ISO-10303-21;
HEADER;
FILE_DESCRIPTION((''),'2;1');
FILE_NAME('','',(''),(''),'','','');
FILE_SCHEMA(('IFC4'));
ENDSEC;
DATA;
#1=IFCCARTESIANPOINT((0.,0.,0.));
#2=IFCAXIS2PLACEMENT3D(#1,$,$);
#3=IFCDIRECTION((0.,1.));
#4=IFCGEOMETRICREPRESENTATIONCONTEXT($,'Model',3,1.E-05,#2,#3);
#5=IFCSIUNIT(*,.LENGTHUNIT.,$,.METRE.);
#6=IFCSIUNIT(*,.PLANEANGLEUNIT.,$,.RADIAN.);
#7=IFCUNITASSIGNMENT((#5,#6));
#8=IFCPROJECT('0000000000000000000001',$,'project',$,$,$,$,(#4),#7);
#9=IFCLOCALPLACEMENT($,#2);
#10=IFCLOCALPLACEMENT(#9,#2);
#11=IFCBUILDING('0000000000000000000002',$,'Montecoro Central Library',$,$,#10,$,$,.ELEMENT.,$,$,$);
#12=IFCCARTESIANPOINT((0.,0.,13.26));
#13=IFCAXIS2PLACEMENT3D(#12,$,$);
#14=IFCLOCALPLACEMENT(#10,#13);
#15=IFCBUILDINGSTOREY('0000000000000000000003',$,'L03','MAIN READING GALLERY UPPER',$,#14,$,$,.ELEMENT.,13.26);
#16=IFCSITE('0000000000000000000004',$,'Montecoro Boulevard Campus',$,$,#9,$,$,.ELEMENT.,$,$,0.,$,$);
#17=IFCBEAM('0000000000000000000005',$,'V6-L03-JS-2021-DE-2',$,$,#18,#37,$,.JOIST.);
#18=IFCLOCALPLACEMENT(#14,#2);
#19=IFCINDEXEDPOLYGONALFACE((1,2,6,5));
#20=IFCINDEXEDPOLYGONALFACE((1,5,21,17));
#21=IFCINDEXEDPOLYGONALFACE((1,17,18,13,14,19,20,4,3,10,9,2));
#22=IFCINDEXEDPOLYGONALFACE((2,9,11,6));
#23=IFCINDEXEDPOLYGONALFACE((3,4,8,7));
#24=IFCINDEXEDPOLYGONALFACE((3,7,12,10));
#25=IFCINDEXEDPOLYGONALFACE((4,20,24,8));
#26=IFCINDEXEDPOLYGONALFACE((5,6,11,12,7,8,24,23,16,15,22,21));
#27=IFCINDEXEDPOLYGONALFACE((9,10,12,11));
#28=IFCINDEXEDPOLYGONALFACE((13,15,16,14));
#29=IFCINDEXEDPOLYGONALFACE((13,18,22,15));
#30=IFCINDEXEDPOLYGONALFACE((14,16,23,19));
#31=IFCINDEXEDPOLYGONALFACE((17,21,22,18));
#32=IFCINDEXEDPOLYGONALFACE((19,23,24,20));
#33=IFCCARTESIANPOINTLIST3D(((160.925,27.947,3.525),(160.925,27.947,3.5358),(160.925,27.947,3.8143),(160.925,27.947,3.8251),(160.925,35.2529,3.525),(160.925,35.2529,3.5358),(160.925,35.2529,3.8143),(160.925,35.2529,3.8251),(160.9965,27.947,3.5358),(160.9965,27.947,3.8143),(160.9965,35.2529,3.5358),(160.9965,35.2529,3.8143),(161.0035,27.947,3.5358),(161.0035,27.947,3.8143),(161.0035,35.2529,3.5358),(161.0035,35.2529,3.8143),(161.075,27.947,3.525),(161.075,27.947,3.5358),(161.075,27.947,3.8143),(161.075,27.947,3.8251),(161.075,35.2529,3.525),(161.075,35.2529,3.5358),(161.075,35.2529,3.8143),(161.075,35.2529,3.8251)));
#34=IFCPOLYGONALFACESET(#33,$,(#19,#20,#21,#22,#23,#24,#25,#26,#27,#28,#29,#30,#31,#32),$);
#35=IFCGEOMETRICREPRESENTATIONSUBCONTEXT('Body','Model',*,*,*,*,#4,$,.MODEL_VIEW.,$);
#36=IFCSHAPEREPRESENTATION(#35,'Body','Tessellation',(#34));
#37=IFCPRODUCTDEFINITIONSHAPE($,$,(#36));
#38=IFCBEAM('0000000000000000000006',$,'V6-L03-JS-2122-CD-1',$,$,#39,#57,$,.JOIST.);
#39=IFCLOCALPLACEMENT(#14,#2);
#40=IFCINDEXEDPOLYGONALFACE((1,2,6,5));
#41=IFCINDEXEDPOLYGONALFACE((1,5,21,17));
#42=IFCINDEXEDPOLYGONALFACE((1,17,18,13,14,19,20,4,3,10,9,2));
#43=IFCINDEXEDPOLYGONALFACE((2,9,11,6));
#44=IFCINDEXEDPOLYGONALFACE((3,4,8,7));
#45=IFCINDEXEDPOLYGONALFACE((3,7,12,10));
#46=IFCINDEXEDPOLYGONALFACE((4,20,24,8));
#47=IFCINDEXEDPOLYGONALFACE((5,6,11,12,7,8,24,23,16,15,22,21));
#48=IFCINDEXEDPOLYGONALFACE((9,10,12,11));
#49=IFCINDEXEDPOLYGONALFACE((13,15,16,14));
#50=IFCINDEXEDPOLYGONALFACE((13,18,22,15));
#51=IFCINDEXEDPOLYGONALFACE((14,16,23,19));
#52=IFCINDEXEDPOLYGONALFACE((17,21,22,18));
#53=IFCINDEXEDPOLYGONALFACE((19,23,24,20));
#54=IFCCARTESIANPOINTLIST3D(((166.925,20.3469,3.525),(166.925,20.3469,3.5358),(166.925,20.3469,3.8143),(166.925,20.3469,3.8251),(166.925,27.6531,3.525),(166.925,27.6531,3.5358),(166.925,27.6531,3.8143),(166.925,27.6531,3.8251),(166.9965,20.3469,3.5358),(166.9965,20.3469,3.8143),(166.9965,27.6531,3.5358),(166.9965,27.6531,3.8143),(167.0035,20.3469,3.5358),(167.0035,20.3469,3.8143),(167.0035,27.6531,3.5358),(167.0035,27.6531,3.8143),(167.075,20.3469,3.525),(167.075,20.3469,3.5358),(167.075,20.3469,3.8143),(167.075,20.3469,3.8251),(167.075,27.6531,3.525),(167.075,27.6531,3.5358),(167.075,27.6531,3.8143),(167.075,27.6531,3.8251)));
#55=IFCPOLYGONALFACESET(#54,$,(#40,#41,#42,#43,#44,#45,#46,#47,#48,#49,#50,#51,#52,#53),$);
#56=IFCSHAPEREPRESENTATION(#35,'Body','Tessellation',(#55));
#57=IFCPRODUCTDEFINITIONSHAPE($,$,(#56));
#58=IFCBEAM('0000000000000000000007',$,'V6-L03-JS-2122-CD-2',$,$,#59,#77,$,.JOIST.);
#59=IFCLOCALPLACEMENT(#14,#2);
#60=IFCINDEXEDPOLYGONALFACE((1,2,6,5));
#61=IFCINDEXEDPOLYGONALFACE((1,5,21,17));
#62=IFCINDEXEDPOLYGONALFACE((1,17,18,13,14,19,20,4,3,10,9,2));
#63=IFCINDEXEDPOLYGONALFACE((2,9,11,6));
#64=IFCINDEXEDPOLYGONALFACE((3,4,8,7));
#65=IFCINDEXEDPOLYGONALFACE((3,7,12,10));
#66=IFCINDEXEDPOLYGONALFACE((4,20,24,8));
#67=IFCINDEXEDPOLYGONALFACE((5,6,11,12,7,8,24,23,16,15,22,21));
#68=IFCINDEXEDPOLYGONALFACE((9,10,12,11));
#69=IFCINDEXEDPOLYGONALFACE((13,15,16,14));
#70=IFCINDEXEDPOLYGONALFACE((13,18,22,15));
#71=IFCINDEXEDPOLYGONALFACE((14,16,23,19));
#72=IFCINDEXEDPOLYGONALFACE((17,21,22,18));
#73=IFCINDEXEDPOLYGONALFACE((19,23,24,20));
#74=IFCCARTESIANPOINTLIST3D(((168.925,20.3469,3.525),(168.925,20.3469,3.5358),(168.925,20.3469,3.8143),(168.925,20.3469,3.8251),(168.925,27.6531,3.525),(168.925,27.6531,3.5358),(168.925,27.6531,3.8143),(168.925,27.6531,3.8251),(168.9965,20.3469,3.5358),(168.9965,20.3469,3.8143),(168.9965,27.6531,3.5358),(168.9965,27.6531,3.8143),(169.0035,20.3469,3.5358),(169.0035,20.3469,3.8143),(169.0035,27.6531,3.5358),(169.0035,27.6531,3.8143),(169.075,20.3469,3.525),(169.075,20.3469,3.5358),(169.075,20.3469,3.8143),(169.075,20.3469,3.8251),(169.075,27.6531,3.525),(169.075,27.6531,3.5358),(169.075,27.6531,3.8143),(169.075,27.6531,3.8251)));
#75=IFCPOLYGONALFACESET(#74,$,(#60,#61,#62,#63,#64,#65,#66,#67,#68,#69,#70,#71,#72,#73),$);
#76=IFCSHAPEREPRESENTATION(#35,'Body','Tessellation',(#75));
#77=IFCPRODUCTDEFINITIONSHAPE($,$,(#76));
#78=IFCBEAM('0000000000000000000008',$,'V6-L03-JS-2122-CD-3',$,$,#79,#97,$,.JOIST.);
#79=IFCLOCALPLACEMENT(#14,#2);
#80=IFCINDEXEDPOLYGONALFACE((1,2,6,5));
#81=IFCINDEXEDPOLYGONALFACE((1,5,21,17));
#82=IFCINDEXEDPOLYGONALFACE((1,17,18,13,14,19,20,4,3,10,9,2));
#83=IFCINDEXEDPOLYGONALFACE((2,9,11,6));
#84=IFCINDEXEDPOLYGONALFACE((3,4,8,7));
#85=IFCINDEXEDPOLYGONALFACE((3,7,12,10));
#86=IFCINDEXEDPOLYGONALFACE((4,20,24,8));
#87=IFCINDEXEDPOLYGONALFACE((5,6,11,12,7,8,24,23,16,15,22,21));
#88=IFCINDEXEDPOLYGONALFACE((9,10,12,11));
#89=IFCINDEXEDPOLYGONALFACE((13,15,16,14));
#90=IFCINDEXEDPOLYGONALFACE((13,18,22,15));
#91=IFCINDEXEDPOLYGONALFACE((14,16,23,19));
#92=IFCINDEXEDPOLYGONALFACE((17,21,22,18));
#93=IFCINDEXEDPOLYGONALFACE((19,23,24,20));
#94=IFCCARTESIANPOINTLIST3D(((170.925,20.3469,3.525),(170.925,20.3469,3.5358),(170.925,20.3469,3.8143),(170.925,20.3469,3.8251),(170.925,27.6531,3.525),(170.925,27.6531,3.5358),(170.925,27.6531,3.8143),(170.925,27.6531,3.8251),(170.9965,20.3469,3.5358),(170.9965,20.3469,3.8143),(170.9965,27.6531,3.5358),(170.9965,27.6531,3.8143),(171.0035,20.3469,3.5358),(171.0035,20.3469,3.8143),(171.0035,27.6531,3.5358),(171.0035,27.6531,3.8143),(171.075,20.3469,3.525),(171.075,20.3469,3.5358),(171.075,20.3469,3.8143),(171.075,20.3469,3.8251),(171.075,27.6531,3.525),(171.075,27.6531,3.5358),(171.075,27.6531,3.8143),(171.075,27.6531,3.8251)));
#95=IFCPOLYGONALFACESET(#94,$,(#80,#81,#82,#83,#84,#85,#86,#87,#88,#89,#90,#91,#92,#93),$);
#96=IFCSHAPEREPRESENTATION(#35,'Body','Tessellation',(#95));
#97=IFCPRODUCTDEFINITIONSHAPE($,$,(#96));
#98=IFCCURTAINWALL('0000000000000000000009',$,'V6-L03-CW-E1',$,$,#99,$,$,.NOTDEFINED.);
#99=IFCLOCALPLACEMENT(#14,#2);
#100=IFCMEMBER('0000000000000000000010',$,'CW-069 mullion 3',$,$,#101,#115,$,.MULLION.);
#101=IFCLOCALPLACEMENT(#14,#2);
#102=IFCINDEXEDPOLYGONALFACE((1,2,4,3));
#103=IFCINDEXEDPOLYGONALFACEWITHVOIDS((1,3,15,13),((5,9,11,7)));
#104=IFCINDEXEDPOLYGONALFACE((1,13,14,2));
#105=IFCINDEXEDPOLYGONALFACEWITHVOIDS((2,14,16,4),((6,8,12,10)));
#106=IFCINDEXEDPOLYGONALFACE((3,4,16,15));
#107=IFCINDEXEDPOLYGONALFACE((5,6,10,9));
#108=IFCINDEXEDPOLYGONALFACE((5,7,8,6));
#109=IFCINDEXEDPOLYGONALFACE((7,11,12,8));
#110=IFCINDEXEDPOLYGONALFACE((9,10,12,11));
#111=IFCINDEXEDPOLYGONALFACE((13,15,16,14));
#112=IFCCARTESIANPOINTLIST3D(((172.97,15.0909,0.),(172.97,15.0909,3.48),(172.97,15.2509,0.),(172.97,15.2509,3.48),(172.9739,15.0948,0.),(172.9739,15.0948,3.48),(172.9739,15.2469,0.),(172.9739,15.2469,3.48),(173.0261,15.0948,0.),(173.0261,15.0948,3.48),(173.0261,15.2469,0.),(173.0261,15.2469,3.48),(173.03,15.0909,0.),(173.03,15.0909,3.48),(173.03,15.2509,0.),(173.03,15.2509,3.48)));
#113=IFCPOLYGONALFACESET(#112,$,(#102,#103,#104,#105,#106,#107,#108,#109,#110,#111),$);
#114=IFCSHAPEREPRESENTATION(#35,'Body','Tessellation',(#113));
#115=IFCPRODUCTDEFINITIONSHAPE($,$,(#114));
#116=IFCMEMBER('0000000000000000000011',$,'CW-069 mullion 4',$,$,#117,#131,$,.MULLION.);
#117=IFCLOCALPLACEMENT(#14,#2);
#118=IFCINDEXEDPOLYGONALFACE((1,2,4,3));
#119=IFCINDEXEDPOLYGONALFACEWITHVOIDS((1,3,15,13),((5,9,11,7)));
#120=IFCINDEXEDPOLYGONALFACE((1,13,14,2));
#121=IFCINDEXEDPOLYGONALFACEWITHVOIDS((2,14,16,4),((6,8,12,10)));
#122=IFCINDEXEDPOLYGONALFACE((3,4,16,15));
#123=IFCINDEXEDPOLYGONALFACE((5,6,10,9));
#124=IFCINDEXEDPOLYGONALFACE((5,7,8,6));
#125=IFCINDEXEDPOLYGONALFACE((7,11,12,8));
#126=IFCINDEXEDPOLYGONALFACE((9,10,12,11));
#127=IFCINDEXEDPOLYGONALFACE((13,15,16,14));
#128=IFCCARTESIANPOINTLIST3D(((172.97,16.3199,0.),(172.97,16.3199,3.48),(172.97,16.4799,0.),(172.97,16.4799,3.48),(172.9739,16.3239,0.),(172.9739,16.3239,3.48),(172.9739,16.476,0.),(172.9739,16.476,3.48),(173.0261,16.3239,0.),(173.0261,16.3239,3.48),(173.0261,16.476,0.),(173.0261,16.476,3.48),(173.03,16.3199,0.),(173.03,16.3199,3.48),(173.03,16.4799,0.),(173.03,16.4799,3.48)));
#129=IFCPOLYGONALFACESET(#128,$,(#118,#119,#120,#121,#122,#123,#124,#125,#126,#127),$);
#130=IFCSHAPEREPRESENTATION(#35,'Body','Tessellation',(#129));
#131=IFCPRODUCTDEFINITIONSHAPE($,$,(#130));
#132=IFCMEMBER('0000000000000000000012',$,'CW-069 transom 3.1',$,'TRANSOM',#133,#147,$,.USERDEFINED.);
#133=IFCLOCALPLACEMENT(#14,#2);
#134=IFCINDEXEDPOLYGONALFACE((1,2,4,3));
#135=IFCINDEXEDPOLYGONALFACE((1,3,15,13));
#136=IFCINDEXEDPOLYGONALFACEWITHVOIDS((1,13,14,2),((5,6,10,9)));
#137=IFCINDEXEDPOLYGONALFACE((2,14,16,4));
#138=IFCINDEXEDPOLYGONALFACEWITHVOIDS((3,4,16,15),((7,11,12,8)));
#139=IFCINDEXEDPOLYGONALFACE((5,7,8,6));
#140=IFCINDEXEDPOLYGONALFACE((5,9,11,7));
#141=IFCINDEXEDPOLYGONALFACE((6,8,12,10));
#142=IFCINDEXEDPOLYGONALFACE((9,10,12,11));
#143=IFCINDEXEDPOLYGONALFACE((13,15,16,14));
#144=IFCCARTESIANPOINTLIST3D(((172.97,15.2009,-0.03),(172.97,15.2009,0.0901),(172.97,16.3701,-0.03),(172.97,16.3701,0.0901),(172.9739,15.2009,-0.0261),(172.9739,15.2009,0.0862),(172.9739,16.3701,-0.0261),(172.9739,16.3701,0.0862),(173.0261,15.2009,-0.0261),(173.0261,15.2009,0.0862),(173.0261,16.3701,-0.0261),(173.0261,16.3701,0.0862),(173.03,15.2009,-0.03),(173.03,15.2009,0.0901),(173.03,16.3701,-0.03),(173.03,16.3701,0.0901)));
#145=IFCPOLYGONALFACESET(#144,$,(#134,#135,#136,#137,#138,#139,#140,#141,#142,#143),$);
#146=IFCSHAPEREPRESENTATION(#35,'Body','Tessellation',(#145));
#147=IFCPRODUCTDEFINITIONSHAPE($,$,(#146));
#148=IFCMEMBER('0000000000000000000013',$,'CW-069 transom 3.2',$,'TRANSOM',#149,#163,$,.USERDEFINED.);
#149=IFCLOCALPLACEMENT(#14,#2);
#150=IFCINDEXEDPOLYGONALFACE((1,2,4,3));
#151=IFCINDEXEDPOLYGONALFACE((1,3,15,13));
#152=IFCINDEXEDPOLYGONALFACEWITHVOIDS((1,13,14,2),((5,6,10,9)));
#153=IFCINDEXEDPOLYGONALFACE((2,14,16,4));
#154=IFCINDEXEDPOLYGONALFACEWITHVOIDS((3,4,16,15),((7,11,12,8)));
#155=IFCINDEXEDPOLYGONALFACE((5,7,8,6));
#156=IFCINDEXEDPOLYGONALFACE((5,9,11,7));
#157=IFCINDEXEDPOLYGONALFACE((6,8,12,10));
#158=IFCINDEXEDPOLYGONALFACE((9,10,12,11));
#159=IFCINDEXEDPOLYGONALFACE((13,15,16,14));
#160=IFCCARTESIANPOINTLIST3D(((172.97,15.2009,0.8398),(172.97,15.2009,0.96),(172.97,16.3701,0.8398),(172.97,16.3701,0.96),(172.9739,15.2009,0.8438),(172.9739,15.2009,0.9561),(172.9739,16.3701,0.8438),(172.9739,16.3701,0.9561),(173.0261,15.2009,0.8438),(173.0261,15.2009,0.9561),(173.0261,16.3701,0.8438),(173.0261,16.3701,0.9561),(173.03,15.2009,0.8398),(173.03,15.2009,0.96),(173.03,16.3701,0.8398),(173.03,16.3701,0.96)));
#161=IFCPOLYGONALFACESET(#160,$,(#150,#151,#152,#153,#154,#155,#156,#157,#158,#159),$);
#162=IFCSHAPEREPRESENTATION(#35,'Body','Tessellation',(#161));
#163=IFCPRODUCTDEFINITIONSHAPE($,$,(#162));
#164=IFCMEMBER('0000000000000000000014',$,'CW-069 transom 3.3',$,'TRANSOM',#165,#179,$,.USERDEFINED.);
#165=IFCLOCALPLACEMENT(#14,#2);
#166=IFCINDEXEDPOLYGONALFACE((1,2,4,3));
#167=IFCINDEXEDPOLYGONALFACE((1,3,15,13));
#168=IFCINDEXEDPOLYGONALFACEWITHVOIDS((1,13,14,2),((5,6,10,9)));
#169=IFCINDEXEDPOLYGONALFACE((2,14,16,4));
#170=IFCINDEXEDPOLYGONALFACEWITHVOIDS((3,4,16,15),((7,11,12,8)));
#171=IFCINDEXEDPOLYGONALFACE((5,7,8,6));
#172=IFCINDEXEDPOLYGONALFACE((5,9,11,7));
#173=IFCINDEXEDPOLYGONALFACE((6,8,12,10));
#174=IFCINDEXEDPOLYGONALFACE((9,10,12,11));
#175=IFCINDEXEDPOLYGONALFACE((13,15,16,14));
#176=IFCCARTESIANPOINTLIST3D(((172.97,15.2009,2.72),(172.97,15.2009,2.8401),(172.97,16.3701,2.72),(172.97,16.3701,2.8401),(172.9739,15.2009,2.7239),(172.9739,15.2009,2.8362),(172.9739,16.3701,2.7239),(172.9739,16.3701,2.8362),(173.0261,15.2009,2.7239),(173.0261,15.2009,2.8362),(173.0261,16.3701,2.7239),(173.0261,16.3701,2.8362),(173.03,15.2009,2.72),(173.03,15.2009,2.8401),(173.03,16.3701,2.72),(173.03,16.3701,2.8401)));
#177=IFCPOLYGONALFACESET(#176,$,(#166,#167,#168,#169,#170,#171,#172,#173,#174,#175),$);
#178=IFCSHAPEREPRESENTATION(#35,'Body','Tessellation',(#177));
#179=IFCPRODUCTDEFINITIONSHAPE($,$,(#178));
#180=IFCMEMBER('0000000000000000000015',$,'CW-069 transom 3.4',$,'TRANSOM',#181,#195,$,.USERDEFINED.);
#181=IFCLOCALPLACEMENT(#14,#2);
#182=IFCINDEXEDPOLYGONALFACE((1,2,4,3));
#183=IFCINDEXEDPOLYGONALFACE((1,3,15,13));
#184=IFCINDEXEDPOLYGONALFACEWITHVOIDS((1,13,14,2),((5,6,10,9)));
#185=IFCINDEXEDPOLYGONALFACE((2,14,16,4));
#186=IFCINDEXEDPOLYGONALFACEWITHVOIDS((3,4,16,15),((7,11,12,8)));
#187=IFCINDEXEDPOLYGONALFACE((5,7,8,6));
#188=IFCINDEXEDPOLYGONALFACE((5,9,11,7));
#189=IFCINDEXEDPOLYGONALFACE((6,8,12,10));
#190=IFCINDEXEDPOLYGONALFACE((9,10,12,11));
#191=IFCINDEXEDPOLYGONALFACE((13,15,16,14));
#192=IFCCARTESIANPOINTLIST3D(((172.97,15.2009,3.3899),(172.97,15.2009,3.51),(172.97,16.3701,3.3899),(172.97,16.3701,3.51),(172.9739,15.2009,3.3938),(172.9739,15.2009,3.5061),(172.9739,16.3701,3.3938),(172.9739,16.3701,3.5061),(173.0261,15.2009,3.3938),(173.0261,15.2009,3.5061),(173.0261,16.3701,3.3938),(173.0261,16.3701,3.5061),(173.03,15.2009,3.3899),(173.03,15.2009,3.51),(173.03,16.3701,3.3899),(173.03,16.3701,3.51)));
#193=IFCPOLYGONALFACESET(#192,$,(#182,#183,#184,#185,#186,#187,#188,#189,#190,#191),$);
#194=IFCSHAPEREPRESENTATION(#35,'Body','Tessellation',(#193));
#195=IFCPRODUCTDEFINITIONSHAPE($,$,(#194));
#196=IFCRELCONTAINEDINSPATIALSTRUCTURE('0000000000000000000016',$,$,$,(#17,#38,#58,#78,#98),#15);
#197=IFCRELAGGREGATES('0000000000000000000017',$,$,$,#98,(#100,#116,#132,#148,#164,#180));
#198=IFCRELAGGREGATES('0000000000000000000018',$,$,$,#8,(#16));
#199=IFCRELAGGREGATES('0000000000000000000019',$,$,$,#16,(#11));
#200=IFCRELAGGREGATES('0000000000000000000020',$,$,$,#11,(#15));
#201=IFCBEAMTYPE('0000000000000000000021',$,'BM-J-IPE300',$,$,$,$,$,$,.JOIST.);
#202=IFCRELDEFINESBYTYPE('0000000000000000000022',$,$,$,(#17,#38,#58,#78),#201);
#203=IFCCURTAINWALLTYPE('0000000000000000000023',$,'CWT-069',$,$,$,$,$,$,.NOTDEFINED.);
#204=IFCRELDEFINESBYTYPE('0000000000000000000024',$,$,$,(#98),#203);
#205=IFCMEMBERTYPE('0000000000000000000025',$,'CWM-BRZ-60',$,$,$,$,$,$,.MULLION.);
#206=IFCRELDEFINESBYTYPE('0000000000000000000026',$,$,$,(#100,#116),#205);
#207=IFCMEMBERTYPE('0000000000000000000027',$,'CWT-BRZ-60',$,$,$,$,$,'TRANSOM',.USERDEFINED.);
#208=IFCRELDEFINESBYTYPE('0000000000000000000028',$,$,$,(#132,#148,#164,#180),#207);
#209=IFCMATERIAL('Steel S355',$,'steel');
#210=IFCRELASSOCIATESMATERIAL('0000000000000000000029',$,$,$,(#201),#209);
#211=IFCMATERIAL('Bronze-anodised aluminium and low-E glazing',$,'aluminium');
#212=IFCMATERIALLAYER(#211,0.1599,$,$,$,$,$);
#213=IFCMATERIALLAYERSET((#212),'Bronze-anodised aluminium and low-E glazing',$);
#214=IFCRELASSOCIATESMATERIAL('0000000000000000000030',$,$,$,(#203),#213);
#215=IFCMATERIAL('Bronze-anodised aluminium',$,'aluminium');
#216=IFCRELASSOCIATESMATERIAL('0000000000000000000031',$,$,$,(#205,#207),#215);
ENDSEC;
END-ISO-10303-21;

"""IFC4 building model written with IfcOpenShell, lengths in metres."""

from ifc_helpers import new_model, si_unit, direction, frame, origin, origin_2d, place, context, subcontext, project, spatial, hollow_rectangle, i_section, extrude, material, layer, layer_set, material_profile, profile_set, type_object, element, aggregate, save


model = new_model("IFC4")

# Units and contexts
model_context = context("Model", 3, precision=1e-05, world=origin(), true_north=direction((0.0, 1.0)))
body_context = subcontext(model_context, "Body", "Model", "MODEL_VIEW")
ifc_project = project(units=[si_unit("LENGTHUNIT", "METRE"), si_unit("PLANEANGLEUNIT", "RADIAN")], contexts=[model_context])

# Site, building, storey
site_placement = place(None, origin())
site = spatial("IfcSite", under=ifc_project, at=site_placement, Name="Montecoro Boulevard Campus", CompositionType="ELEMENT", RefElevation=0.0)
building_placement = place(site_placement, origin())
building = spatial("IfcBuilding", under=site, at=building_placement, Name="Montecoro Central Library", CompositionType="ELEMENT")
storey_placement = place(building_placement, frame((0.0, 0.0, 13.26)))
storey = spatial("IfcBuildingStorey", under=building, at=storey_placement, Name="L03", Description="MAIN READING GALLERY UPPER", CompositionType="ELEMENT", Elevation=13.26)

# Shared definitions
ifc_material_1 = material(Name="Steel S355", Category="steel")

# Beams
ifc_material_profile_1 = material_profile(ifc_material_1, i_section(OverallWidth=0.1499, OverallDepth=0.3, WebThickness=0.0071, FlangeThickness=0.0107, at=origin_2d()), Name="IPE 300")
ifc_profile_set_1 = profile_set([ifc_material_profile_1], Name="Steel S355")
beam_type_1 = type_object("IfcBeamType", Name="BM-J-IPE300", PredefinedType="JOIST", material=ifc_profile_set_1)
for number, where, z_axis, x_axis, name in (
    (1, (161.0, 27.947, 3.675), (0.0, 1.0, 0.0), (-1.0, 0.0, 0.0), "V6-L03-JS-2021-DE-2"),
):
    element("IfcBeam", number, at=place(storey_placement, frame(where, z_axis=z_axis, x_axis=x_axis)), inside=storey, type_object=beam_type_1, Name=name, PredefinedType="JOIST", context=body_context, shape_type="SweptSolid", body=[
        extrude(i_section(OverallWidth=0.1499, OverallDepth=0.3, WebThickness=0.0071, FlangeThickness=0.0107, at=origin_2d()), origin(), (0.0, 0.0, 1.0), 7.3059),
    ])
for number, where, z_axis, x_axis, name in (
    (2, (167.0, 20.3469, 3.675), (0.0, 1.0, 0.0), (-1.0, 0.0, 0.0), "V6-L03-JS-2122-CD-1"),
    (3, (169.0, 20.3469, 3.675), (0.0, 1.0, 0.0), (-1.0, 0.0, 0.0), "V6-L03-JS-2122-CD-2"),
    (4, (171.0, 20.3469, 3.675), (0.0, 1.0, 0.0), (-1.0, 0.0, 0.0), "V6-L03-JS-2122-CD-3"),
):
    element("IfcBeam", number, at=place(storey_placement, frame(where, z_axis=z_axis, x_axis=x_axis)), inside=storey, type_object=beam_type_1, Name=name, PredefinedType="JOIST", context=body_context, shape_type="SweptSolid", body=[
        extrude(i_section(OverallWidth=0.1499, OverallDepth=0.3, WebThickness=0.0071, FlangeThickness=0.0107, at=origin_2d()), origin(), (0.0, 0.0, 1.0), 7.3062),
    ])

# Curtain wall, members
ifc_material_2 = material(Name="Bronze-anodised aluminium and low-E glazing", Category="aluminium")
ifc_layer_1 = layer(ifc_material_2, 0.1599)
ifc_layer_set_1 = layer_set([ifc_layer_1], Name="Bronze-anodised aluminium and low-E glazing")
curtain_wall_type = type_object("IfcCurtainWallType", Name="CWT-069", PredefinedType="NOTDEFINED", material=ifc_layer_set_1)
curtain_wall_placement = place(storey_placement, origin())
curtain_wall = element("IfcCurtainWall", 5, at=curtain_wall_placement, inside=storey, type_object=curtain_wall_type, Name="V6-L03-CW-E1", PredefinedType="NOTDEFINED")
ifc_material_3 = material(Name="Bronze-anodised aluminium", Category="aluminium")
ifc_material_profile_2 = material_profile(ifc_material_3, hollow_rectangle(XDim=0.0601, YDim=0.1599, WallThickness=0.0039, at=origin_2d()), Name="CWM 160x60x4.0")
ifc_profile_set_2 = profile_set([ifc_material_profile_2], Name="Bronze-anodised aluminium")
member_type_1 = type_object("IfcMemberType", Name="CWM-BRZ-60", PredefinedType="MULLION", material=ifc_profile_set_2)
member_1_placement = place(storey_placement, frame((173.0, 15.1709, 0.0), z_axis=(0.0, 0.0, 1.0), x_axis=(-1.0, 0.0, 0.0)))
member_1 = element("IfcMember", 6, at=member_1_placement, type_object=member_type_1, Name="CW-069 mullion 3", PredefinedType="MULLION", context=body_context, shape_type="SweptSolid", body=[
    extrude(hollow_rectangle(XDim=0.0601, YDim=0.1599, WallThickness=0.0039, at=origin_2d()), origin(), (0.0, 0.0, 1.0), 3.48),
])
member_2_placement = place(storey_placement, frame((173.0, 16.3999, 0.0), z_axis=(0.0, 0.0, 1.0), x_axis=(-1.0, 0.0, 0.0)))
member_2 = element("IfcMember", 7, at=member_2_placement, type_object=member_type_1, Name="CW-069 mullion 4", PredefinedType="MULLION", context=body_context, shape_type="SweptSolid", body=[
    extrude(hollow_rectangle(XDim=0.0601, YDim=0.1599, WallThickness=0.0039, at=origin_2d()), origin(), (0.0, 0.0, 1.0), 3.48),
])
ifc_material_profile_3 = material_profile(ifc_material_3, hollow_rectangle(XDim=0.0601, YDim=0.1201, WallThickness=0.0039, at=origin_2d()), Name="CWT 120x60x4.0")
ifc_profile_set_3 = profile_set([ifc_material_profile_3], Name="Bronze-anodised aluminium")
member_type_2 = type_object("IfcMemberType", Name="CWT-BRZ-60", ElementType="TRANSOM", PredefinedType="USERDEFINED", material=ifc_profile_set_3)
member_3_placement = place(storey_placement, frame((173.0, 15.2009, 0.03), z_axis=(0.0, 1.0, 0.0), x_axis=(-1.0, 0.0, 0.0)))
member_3 = element("IfcMember", 8, at=member_3_placement, type_object=member_type_2, Name="CW-069 transom 3.1", ObjectType="TRANSOM", PredefinedType="USERDEFINED", context=body_context, shape_type="SweptSolid", body=[
    extrude(hollow_rectangle(XDim=0.0601, YDim=0.1201, WallThickness=0.0039, at=origin_2d()), origin(), (0.0, 0.0, 1.0), 1.1692),
])
member_4_placement = place(storey_placement, frame((173.0, 15.2009, 0.8999), z_axis=(0.0, 1.0, 0.0), x_axis=(-1.0, 0.0, 0.0)))
member_4 = element("IfcMember", 9, at=member_4_placement, type_object=member_type_2, Name="CW-069 transom 3.2", ObjectType="TRANSOM", PredefinedType="USERDEFINED", context=body_context, shape_type="SweptSolid", body=[
    extrude(hollow_rectangle(XDim=0.0601, YDim=0.1201, WallThickness=0.0039, at=origin_2d()), origin(), (0.0, 0.0, 1.0), 1.1692),
])
member_5_placement = place(storey_placement, frame((173.0, 15.2009, 2.78), z_axis=(0.0, 1.0, 0.0), x_axis=(-1.0, 0.0, 0.0)))
member_5 = element("IfcMember", 10, at=member_5_placement, type_object=member_type_2, Name="CW-069 transom 3.3", ObjectType="TRANSOM", PredefinedType="USERDEFINED", context=body_context, shape_type="SweptSolid", body=[
    extrude(hollow_rectangle(XDim=0.0601, YDim=0.1201, WallThickness=0.0039, at=origin_2d()), origin(), (0.0, 0.0, 1.0), 1.1692),
])
member_6_placement = place(storey_placement, frame((173.0, 15.2009, 3.45), z_axis=(0.0, 1.0, 0.0), x_axis=(-1.0, 0.0, 0.0)))
member_6 = element("IfcMember", 11, at=member_6_placement, type_object=member_type_2, Name="CW-069 transom 3.4", ObjectType="TRANSOM", PredefinedType="USERDEFINED", context=body_context, shape_type="SweptSolid", body=[
    extrude(hollow_rectangle(XDim=0.0601, YDim=0.1201, WallThickness=0.0039, at=origin_2d()), origin(), (0.0, 0.0, 1.0), 1.1692),
])
aggregate(curtain_wall, [member_1, member_2, member_3, member_4, member_5, member_6])

save(model, "model.ifc")
